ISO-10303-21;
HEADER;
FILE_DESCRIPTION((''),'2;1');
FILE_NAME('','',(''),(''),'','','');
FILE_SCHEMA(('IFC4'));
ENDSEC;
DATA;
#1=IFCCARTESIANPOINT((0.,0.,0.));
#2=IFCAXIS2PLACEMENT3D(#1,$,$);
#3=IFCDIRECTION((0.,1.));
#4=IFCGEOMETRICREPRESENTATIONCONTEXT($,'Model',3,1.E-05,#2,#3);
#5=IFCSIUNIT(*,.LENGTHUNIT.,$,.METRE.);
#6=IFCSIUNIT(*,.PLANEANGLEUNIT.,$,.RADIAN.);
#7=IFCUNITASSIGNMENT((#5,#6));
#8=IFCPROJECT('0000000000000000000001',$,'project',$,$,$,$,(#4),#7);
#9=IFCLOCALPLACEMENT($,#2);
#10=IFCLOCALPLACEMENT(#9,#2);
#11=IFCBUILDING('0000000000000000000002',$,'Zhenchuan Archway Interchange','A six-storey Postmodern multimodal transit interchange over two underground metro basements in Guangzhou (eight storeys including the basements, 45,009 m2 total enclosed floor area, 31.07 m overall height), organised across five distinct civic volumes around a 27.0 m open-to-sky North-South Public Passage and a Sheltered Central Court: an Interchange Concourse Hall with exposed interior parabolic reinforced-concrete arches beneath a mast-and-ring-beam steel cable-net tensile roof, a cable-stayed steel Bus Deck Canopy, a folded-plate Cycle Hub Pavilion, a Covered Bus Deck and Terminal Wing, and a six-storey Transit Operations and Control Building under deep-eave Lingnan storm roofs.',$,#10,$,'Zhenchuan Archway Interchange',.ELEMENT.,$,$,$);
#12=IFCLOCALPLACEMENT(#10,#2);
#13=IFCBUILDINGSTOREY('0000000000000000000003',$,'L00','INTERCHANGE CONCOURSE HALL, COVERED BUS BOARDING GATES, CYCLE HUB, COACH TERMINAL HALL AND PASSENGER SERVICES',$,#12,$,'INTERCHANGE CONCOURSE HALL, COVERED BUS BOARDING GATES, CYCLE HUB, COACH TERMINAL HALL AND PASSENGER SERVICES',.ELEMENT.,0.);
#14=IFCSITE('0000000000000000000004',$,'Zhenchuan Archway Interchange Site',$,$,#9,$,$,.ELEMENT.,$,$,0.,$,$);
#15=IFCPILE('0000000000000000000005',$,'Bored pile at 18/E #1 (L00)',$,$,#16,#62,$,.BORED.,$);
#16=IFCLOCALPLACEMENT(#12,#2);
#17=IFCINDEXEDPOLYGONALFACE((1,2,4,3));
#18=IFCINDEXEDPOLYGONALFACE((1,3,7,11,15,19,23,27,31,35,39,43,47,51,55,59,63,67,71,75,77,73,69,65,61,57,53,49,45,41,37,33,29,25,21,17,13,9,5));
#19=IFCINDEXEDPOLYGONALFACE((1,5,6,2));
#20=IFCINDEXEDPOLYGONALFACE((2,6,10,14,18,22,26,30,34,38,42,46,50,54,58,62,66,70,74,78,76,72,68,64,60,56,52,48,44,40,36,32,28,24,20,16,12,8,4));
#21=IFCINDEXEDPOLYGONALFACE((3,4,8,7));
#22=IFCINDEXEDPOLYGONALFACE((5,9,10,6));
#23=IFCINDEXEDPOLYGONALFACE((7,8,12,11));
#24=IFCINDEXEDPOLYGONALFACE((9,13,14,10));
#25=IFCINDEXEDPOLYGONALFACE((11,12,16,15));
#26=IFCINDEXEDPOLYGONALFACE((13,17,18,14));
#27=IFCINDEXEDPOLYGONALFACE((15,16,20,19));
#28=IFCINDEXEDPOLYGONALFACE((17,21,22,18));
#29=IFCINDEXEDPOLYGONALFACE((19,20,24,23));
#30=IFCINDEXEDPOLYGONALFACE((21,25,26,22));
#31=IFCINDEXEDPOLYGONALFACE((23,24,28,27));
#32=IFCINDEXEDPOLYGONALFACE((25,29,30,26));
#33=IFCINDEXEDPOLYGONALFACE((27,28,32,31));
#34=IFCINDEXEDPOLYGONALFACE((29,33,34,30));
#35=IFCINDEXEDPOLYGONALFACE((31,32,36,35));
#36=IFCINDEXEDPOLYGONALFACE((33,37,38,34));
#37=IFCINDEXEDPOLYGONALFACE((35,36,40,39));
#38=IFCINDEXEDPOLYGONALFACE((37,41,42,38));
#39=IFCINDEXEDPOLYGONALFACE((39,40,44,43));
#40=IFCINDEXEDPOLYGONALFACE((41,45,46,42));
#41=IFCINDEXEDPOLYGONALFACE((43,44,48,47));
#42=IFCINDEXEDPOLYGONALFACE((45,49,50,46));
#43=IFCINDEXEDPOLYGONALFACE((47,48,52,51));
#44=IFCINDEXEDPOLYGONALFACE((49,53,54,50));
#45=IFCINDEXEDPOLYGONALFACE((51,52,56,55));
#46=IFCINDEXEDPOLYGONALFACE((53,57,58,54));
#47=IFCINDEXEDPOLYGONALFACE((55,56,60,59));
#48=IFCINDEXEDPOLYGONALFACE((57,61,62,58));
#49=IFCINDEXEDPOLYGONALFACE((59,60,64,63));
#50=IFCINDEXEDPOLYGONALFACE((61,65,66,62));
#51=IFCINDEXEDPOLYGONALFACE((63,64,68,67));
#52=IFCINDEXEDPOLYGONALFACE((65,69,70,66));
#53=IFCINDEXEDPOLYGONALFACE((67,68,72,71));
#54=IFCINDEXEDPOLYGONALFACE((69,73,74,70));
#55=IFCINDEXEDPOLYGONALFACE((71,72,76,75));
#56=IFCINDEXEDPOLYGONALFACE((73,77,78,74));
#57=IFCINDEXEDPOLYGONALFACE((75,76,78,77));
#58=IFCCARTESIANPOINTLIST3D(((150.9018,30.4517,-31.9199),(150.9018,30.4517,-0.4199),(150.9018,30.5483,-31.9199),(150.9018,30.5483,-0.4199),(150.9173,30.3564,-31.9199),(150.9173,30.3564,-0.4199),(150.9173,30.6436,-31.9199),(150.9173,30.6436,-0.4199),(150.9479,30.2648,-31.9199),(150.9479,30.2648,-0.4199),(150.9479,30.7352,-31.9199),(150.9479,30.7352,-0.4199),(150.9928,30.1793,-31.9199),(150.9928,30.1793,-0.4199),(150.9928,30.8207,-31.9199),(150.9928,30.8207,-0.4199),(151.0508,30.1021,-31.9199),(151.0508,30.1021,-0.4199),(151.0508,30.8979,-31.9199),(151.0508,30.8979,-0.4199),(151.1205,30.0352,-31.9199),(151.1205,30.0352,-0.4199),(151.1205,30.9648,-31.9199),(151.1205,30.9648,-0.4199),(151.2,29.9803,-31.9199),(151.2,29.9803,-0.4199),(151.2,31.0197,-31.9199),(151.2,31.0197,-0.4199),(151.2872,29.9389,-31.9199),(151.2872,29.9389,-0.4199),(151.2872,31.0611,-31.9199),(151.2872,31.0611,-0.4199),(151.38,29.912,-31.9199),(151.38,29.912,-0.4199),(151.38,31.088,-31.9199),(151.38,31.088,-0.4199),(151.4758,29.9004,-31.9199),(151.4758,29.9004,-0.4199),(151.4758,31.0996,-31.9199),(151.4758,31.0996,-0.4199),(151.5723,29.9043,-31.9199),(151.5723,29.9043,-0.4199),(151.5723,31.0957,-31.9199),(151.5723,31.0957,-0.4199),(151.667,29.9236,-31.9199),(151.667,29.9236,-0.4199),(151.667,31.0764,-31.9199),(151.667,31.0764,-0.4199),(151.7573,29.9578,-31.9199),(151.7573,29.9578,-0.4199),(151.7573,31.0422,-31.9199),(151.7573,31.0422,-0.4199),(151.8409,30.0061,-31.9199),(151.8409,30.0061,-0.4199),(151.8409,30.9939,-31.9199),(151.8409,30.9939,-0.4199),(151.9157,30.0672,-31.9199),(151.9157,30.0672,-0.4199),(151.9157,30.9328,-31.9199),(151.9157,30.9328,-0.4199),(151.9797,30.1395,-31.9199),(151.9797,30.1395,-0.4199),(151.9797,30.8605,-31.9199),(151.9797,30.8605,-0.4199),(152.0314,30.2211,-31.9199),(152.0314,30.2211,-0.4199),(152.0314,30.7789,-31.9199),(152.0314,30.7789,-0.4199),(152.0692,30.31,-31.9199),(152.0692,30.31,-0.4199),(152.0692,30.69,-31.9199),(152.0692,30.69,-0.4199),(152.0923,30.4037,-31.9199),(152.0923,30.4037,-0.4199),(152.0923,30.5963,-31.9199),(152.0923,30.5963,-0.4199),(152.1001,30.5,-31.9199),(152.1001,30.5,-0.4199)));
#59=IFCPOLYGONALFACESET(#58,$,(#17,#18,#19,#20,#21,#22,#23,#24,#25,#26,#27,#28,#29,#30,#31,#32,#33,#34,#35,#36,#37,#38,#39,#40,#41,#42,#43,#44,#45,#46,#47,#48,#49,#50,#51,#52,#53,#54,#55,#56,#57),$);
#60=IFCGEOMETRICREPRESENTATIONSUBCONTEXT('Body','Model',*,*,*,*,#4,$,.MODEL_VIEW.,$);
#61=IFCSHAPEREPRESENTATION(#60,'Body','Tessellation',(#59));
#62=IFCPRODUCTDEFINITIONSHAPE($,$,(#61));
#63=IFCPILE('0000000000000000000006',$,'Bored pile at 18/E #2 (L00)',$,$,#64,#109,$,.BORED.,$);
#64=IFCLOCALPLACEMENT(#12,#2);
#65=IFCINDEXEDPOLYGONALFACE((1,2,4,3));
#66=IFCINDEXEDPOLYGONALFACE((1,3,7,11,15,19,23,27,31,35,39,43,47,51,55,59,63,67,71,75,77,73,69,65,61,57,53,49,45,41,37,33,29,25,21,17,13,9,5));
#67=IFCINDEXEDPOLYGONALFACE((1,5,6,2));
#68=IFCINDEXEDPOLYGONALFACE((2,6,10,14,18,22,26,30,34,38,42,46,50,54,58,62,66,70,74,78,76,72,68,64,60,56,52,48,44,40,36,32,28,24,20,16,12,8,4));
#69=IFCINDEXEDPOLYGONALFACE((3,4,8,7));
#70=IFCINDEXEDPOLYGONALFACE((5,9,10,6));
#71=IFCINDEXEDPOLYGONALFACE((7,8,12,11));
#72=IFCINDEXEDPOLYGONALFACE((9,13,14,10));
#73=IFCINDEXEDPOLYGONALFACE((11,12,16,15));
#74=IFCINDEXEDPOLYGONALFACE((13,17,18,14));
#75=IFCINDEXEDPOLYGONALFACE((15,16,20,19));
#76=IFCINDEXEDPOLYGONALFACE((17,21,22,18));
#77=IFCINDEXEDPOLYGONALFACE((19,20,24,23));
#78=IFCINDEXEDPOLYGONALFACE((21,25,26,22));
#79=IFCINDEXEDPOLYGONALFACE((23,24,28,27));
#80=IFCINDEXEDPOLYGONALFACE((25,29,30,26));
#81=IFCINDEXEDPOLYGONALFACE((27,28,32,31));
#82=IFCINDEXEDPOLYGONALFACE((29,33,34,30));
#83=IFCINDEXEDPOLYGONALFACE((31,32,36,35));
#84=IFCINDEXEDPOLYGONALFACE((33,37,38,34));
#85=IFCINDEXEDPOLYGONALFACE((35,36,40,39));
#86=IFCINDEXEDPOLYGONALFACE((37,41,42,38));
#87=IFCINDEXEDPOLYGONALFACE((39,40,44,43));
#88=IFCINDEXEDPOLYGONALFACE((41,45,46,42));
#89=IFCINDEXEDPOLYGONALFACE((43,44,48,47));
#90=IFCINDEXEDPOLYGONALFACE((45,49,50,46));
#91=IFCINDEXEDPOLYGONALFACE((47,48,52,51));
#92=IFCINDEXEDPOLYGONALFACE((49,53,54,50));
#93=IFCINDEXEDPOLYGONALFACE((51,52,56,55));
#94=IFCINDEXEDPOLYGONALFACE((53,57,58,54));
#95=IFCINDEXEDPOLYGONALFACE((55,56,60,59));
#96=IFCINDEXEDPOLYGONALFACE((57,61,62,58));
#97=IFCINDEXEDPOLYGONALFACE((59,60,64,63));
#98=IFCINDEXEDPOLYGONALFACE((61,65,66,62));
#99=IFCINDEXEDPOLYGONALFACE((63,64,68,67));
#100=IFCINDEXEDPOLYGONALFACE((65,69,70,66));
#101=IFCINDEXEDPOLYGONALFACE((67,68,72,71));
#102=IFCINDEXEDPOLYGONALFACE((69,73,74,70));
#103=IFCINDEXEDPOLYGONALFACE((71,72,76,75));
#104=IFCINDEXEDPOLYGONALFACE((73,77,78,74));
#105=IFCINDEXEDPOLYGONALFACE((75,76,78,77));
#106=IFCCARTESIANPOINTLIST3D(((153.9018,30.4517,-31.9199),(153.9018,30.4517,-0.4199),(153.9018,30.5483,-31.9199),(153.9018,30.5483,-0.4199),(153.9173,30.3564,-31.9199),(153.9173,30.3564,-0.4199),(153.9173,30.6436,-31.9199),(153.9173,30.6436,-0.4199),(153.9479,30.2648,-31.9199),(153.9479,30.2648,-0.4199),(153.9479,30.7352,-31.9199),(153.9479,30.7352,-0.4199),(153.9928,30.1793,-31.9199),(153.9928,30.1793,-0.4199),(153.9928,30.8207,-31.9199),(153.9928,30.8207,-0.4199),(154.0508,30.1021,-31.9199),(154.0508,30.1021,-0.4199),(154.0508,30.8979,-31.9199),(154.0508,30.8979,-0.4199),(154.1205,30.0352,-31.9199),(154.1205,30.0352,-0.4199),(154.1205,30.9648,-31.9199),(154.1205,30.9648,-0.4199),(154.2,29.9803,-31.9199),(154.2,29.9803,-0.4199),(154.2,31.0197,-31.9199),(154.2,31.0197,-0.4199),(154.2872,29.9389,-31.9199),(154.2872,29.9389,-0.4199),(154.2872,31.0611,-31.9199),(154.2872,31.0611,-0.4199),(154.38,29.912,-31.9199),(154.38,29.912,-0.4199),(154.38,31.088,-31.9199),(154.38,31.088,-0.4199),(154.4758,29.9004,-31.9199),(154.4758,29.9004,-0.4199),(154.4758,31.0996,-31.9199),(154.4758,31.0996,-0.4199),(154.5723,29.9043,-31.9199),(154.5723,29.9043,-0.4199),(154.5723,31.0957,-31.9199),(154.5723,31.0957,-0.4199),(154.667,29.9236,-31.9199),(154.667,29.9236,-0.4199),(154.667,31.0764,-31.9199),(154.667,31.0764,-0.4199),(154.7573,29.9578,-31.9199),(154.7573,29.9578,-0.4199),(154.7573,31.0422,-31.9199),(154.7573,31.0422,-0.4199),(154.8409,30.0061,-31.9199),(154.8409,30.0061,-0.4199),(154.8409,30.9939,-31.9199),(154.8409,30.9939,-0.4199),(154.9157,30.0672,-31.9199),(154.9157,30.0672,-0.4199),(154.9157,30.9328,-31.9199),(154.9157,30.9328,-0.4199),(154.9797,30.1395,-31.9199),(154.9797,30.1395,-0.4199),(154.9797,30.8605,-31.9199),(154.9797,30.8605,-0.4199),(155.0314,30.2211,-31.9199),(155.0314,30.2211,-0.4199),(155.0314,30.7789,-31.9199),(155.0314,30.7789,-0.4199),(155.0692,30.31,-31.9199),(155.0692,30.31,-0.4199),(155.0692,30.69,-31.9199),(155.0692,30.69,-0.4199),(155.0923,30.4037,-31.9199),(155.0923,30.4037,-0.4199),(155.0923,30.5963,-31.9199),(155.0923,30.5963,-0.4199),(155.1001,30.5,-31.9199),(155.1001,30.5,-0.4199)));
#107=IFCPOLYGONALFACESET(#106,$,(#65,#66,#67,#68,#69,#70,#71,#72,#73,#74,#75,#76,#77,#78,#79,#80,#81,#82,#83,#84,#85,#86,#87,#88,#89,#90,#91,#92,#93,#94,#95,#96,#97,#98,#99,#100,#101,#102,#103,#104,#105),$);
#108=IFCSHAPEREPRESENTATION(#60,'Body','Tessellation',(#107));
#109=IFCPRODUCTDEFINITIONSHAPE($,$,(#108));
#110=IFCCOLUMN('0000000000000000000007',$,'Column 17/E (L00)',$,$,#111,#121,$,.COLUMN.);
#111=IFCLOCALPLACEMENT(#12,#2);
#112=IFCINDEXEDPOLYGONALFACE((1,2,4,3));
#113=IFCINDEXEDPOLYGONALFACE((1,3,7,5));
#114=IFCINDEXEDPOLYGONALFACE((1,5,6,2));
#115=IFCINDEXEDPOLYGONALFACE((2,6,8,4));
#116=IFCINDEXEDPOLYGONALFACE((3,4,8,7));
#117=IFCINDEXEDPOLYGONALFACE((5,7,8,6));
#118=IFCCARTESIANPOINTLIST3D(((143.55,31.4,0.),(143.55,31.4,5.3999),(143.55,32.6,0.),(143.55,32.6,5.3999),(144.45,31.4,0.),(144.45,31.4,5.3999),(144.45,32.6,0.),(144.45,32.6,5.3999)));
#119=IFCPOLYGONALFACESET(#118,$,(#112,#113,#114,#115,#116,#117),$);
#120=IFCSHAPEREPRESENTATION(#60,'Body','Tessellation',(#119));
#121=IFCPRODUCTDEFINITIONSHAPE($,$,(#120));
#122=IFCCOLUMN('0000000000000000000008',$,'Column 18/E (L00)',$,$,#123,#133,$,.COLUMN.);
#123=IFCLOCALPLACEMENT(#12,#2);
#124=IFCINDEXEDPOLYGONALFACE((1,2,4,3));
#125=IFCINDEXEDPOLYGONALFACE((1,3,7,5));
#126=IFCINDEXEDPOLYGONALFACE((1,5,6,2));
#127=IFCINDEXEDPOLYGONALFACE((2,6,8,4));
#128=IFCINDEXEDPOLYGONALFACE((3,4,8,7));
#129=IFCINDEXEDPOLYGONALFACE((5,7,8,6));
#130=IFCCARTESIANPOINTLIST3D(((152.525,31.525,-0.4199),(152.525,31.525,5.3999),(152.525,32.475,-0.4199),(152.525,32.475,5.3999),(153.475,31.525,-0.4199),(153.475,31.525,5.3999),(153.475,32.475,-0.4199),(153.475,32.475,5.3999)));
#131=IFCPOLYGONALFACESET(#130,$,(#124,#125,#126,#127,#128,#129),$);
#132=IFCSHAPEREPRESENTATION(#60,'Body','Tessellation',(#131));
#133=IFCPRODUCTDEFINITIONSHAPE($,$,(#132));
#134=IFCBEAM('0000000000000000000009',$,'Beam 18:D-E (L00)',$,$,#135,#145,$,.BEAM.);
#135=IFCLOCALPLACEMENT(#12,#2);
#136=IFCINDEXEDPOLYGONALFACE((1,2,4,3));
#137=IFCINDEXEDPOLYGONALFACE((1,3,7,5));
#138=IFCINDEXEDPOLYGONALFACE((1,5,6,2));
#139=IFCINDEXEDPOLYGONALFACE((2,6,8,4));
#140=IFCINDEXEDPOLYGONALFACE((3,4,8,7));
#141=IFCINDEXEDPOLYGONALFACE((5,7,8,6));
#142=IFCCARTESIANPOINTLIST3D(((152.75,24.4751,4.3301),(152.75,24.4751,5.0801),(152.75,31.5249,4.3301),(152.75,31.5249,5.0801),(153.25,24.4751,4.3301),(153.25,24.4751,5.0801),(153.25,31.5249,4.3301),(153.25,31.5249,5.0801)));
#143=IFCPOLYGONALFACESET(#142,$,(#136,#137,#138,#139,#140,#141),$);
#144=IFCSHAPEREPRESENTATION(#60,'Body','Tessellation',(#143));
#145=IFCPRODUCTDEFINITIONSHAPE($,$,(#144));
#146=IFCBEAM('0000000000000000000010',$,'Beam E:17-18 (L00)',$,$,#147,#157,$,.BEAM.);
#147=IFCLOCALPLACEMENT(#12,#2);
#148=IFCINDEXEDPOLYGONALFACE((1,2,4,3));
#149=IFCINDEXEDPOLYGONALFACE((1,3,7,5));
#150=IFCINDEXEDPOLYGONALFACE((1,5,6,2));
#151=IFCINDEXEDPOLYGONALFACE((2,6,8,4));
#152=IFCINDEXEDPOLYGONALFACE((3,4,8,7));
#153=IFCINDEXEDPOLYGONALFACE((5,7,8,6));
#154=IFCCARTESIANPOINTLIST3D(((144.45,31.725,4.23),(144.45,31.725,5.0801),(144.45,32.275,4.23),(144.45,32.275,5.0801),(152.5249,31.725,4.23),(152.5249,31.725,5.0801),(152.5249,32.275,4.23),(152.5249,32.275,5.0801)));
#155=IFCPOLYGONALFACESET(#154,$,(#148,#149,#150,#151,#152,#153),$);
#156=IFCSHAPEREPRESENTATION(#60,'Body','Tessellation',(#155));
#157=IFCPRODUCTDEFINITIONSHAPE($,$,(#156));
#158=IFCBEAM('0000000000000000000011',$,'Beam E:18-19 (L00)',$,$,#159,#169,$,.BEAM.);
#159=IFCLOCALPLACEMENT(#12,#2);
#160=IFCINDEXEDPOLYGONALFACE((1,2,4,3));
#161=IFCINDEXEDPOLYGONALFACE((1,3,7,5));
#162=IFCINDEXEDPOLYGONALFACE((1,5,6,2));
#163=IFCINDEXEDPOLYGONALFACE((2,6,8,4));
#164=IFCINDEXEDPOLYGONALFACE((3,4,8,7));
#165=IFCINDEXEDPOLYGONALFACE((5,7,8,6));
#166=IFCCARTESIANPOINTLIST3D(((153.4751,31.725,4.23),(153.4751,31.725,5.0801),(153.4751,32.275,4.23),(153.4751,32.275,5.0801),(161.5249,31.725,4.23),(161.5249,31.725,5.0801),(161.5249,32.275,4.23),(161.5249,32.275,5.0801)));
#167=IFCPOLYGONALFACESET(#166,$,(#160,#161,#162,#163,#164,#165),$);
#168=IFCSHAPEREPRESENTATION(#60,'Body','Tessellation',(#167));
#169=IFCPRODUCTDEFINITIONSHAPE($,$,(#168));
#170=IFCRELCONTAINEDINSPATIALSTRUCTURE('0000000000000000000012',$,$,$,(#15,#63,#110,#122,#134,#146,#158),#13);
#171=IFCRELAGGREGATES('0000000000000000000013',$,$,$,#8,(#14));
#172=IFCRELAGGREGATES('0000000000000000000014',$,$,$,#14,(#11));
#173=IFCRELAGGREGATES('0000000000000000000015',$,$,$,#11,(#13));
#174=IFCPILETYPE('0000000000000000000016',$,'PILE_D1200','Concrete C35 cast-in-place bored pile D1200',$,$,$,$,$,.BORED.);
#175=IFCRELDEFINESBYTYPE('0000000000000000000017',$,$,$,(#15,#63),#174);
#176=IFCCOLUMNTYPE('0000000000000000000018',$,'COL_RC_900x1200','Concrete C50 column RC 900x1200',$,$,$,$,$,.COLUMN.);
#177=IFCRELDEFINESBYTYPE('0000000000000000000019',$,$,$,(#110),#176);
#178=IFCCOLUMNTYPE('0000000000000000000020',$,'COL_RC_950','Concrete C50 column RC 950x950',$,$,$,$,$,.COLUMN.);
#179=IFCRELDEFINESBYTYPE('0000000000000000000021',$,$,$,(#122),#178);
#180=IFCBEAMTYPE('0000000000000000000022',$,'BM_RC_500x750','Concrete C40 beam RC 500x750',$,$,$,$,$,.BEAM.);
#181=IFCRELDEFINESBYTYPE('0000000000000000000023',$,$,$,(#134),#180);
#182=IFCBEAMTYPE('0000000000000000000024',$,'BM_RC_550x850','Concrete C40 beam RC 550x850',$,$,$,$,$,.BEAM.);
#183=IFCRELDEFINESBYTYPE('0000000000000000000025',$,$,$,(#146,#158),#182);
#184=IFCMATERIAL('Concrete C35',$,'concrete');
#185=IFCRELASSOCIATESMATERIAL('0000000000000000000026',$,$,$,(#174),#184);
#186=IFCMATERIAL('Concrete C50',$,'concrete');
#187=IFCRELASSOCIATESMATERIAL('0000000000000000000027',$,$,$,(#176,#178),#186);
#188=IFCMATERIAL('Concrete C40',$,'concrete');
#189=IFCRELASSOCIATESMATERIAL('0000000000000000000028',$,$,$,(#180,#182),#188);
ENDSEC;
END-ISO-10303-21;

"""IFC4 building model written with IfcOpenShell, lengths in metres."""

from ifc_helpers import new_model, si_unit, direction, frame, origin, origin_2d, place, context, subcontext, project, spatial, rectangle, circle, extrude, material, material_profile, profile_set, type_object, element, save


model = new_model("IFC4")

# Units and contexts
model_context = context("Model", 3, precision=1e-05, world=origin(), true_north=direction((0.0, 1.0)))
body_context = subcontext(model_context, "Body", "Model", "MODEL_VIEW")
ifc_project = project(units=[si_unit("LENGTHUNIT", "METRE"), si_unit("PLANEANGLEUNIT", "RADIAN")], contexts=[model_context])

# Site, building, storey
site_placement = place(None, origin())
site = spatial("IfcSite", under=ifc_project, at=site_placement, Name="Zhenchuan Archway Interchange Site", CompositionType="ELEMENT", RefElevation=0.0)
building_placement = place(site_placement, origin())
building = spatial("IfcBuilding", under=site, at=building_placement, Name="Zhenchuan Archway Interchange", Description="A six-storey Postmodern multimodal transit interchange over two underground metro basements in Guangzhou (eight storeys including the basements, 45,009 m2 total enclosed floor area, 31.07 m overall height), organised across five distinct civic volumes around a 27.0 m open-to-sky North-South Public Passage and a Sheltered Central Court: an Interchange Concourse Hall with exposed interior parabolic reinforced-concrete arches beneath a mast-and-ring-beam steel cable-net tensile roof, a cable-stayed steel Bus Deck Canopy, a folded-plate Cycle Hub Pavilion, a Covered Bus Deck and Terminal Wing, and a six-storey Transit Operations and Control Building under deep-eave Lingnan storm roofs.", LongName="Zhenchuan Archway Interchange", CompositionType="ELEMENT")
storey_placement = place(building_placement, origin())
storey = spatial("IfcBuildingStorey", under=building, at=storey_placement, Name="L00", Description="INTERCHANGE CONCOURSE HALL, COVERED BUS BOARDING GATES, CYCLE HUB, COACH TERMINAL HALL AND PASSENGER SERVICES", LongName="INTERCHANGE CONCOURSE HALL, COVERED BUS BOARDING GATES, CYCLE HUB, COACH TERMINAL HALL AND PASSENGER SERVICES", CompositionType="ELEMENT", Elevation=0.0)

# Shared definitions
ifc_material_1 = material(Name="Concrete C40", Category="concrete")

# Piles
ifc_material_2 = material(Name="Concrete C35", Category="concrete")
ifc_material_profile_1 = material_profile(ifc_material_2, circle(Radius=0.6001, at=origin_2d()), Name="BORED PILE 1200")
ifc_profile_set_1 = profile_set([ifc_material_profile_1], Name="Concrete C35")
pile_type_1 = type_object("IfcPileType", Name="PILE_D1200", Description="Concrete C35 cast-in-place bored pile D1200", PredefinedType="BORED", material=ifc_profile_set_1)
for number, where, z_axis, x_axis, name in (
    (1, (151.5, 30.5, -0.4199), (0.0, 0.0, -1.0), (1.0, 0.0, 0.0), "Bored pile at 18/E #1 (L00)"),
    (2, (154.5, 30.5, -0.4199), (0.0, 0.0, -1.0), (1.0, 0.0, 0.0), "Bored pile at 18/E #2 (L00)"),
):
    element("IfcPile", number, at=place(storey_placement, frame(where, z_axis=z_axis, x_axis=x_axis)), inside=storey, type_object=pile_type_1, Name=name, PredefinedType="BORED", context=body_context, shape_type="SweptSolid", body=[
        extrude(circle(Radius=0.6001, at=origin_2d()), origin(), (0.0, 0.0, 1.0), 31.5),
    ])

# Columns
ifc_material_3 = material(Name="Concrete C50", Category="concrete")
ifc_material_profile_2 = material_profile(ifc_material_3, rectangle(XDim=0.8999, YDim=1.2, at=origin_2d()), Name="RC 900x1200")
ifc_profile_set_2 = profile_set([ifc_material_profile_2], Name="Concrete C50")
column_type_1 = type_object("IfcColumnType", Name="COL_RC_900x1200", Description="Concrete C50 column RC 900x1200", PredefinedType="COLUMN", material=ifc_profile_set_2)
column_1_placement = place(storey_placement, frame((144.0, 32.0, 0.0), z_axis=(0.0, 0.0, 1.0), x_axis=(1.0, 0.0, 0.0)))
element("IfcColumn", 3, at=column_1_placement, inside=storey, type_object=column_type_1, Name="Column 17/E (L00)", PredefinedType="COLUMN", context=body_context, shape_type="SweptSolid", body=[
    extrude(rectangle(XDim=0.8999, YDim=1.2, at=origin_2d()), origin(), (0.0, 0.0, 1.0), 5.3999),
])
ifc_material_profile_3 = material_profile(ifc_material_3, rectangle(XDim=0.95, YDim=0.95, at=origin_2d()), Name="RC 950x950")
ifc_profile_set_3 = profile_set([ifc_material_profile_3], Name="Concrete C50")
column_type_2 = type_object("IfcColumnType", Name="COL_RC_950", Description="Concrete C50 column RC 950x950", PredefinedType="COLUMN", material=ifc_profile_set_3)
column_2_placement = place(storey_placement, frame((153.0, 32.0, -0.4199), z_axis=(0.0, 0.0, 1.0), x_axis=(1.0, 0.0, 0.0)))
element("IfcColumn", 4, at=column_2_placement, inside=storey, type_object=column_type_2, Name="Column 18/E (L00)", PredefinedType="COLUMN", context=body_context, shape_type="SweptSolid", body=[
    extrude(rectangle(XDim=0.95, YDim=0.95, at=origin_2d()), origin(), (0.0, 0.0, 1.0), 5.8198),
])

# Beams
ifc_material_profile_4 = material_profile(ifc_material_1, rectangle(XDim=0.5, YDim=0.75, at=origin_2d()), Name="RC 500x750")
ifc_profile_set_4 = profile_set([ifc_material_profile_4], Name="Concrete C40")
beam_type_1 = type_object("IfcBeamType", Name="BM_RC_500x750", Description="Concrete C40 beam RC 500x750", PredefinedType="BEAM", material=ifc_profile_set_4)
beam_1_placement = place(storey_placement, frame((153.0, 24.4751, 4.7051), z_axis=(0.0, 1.0, 0.0), x_axis=(-1.0, 0.0, 0.0)))
element("IfcBeam", 5, at=beam_1_placement, inside=storey, type_object=beam_type_1, Name="Beam 18:D-E (L00)", PredefinedType="BEAM", context=body_context, shape_type="SweptSolid", body=[
    extrude(rectangle(XDim=0.5, YDim=0.75, at=origin_2d()), origin(), (0.0, 0.0, 1.0), 7.0498),
])
ifc_material_profile_5 = material_profile(ifc_material_1, rectangle(XDim=0.55, YDim=0.8501, at=origin_2d()), Name="RC 550x850")
ifc_profile_set_5 = profile_set([ifc_material_profile_5], Name="Concrete C40")
beam_type_2 = type_object("IfcBeamType", Name="BM_RC_550x850", Description="Concrete C40 beam RC 550x850", PredefinedType="BEAM", material=ifc_profile_set_5)
beam_2_placement = place(storey_placement, frame((144.45, 32.0, 4.655), z_axis=(1.0, 0.0, 0.0), x_axis=(0.0, 1.0, 0.0)))
element("IfcBeam", 6, at=beam_2_placement, inside=storey, type_object=beam_type_2, Name="Beam E:17-18 (L00)", PredefinedType="BEAM", context=body_context, shape_type="SweptSolid", body=[
    extrude(rectangle(XDim=0.55, YDim=0.8501, at=origin_2d()), origin(), (0.0, 0.0, 1.0), 8.075),
])
beam_3_placement = place(storey_placement, frame((153.4751, 32.0, 4.655), z_axis=(1.0, 0.0, 0.0), x_axis=(0.0, 1.0, 0.0)))
element("IfcBeam", 7, at=beam_3_placement, inside=storey, type_object=beam_type_2, Name="Beam E:18-19 (L00)", PredefinedType="BEAM", context=body_context, shape_type="SweptSolid", body=[
    extrude(rectangle(XDim=0.55, YDim=0.8501, at=origin_2d()), origin(), (0.0, 0.0, 1.0), 8.0498),
])

save(model, "model.ifc")
